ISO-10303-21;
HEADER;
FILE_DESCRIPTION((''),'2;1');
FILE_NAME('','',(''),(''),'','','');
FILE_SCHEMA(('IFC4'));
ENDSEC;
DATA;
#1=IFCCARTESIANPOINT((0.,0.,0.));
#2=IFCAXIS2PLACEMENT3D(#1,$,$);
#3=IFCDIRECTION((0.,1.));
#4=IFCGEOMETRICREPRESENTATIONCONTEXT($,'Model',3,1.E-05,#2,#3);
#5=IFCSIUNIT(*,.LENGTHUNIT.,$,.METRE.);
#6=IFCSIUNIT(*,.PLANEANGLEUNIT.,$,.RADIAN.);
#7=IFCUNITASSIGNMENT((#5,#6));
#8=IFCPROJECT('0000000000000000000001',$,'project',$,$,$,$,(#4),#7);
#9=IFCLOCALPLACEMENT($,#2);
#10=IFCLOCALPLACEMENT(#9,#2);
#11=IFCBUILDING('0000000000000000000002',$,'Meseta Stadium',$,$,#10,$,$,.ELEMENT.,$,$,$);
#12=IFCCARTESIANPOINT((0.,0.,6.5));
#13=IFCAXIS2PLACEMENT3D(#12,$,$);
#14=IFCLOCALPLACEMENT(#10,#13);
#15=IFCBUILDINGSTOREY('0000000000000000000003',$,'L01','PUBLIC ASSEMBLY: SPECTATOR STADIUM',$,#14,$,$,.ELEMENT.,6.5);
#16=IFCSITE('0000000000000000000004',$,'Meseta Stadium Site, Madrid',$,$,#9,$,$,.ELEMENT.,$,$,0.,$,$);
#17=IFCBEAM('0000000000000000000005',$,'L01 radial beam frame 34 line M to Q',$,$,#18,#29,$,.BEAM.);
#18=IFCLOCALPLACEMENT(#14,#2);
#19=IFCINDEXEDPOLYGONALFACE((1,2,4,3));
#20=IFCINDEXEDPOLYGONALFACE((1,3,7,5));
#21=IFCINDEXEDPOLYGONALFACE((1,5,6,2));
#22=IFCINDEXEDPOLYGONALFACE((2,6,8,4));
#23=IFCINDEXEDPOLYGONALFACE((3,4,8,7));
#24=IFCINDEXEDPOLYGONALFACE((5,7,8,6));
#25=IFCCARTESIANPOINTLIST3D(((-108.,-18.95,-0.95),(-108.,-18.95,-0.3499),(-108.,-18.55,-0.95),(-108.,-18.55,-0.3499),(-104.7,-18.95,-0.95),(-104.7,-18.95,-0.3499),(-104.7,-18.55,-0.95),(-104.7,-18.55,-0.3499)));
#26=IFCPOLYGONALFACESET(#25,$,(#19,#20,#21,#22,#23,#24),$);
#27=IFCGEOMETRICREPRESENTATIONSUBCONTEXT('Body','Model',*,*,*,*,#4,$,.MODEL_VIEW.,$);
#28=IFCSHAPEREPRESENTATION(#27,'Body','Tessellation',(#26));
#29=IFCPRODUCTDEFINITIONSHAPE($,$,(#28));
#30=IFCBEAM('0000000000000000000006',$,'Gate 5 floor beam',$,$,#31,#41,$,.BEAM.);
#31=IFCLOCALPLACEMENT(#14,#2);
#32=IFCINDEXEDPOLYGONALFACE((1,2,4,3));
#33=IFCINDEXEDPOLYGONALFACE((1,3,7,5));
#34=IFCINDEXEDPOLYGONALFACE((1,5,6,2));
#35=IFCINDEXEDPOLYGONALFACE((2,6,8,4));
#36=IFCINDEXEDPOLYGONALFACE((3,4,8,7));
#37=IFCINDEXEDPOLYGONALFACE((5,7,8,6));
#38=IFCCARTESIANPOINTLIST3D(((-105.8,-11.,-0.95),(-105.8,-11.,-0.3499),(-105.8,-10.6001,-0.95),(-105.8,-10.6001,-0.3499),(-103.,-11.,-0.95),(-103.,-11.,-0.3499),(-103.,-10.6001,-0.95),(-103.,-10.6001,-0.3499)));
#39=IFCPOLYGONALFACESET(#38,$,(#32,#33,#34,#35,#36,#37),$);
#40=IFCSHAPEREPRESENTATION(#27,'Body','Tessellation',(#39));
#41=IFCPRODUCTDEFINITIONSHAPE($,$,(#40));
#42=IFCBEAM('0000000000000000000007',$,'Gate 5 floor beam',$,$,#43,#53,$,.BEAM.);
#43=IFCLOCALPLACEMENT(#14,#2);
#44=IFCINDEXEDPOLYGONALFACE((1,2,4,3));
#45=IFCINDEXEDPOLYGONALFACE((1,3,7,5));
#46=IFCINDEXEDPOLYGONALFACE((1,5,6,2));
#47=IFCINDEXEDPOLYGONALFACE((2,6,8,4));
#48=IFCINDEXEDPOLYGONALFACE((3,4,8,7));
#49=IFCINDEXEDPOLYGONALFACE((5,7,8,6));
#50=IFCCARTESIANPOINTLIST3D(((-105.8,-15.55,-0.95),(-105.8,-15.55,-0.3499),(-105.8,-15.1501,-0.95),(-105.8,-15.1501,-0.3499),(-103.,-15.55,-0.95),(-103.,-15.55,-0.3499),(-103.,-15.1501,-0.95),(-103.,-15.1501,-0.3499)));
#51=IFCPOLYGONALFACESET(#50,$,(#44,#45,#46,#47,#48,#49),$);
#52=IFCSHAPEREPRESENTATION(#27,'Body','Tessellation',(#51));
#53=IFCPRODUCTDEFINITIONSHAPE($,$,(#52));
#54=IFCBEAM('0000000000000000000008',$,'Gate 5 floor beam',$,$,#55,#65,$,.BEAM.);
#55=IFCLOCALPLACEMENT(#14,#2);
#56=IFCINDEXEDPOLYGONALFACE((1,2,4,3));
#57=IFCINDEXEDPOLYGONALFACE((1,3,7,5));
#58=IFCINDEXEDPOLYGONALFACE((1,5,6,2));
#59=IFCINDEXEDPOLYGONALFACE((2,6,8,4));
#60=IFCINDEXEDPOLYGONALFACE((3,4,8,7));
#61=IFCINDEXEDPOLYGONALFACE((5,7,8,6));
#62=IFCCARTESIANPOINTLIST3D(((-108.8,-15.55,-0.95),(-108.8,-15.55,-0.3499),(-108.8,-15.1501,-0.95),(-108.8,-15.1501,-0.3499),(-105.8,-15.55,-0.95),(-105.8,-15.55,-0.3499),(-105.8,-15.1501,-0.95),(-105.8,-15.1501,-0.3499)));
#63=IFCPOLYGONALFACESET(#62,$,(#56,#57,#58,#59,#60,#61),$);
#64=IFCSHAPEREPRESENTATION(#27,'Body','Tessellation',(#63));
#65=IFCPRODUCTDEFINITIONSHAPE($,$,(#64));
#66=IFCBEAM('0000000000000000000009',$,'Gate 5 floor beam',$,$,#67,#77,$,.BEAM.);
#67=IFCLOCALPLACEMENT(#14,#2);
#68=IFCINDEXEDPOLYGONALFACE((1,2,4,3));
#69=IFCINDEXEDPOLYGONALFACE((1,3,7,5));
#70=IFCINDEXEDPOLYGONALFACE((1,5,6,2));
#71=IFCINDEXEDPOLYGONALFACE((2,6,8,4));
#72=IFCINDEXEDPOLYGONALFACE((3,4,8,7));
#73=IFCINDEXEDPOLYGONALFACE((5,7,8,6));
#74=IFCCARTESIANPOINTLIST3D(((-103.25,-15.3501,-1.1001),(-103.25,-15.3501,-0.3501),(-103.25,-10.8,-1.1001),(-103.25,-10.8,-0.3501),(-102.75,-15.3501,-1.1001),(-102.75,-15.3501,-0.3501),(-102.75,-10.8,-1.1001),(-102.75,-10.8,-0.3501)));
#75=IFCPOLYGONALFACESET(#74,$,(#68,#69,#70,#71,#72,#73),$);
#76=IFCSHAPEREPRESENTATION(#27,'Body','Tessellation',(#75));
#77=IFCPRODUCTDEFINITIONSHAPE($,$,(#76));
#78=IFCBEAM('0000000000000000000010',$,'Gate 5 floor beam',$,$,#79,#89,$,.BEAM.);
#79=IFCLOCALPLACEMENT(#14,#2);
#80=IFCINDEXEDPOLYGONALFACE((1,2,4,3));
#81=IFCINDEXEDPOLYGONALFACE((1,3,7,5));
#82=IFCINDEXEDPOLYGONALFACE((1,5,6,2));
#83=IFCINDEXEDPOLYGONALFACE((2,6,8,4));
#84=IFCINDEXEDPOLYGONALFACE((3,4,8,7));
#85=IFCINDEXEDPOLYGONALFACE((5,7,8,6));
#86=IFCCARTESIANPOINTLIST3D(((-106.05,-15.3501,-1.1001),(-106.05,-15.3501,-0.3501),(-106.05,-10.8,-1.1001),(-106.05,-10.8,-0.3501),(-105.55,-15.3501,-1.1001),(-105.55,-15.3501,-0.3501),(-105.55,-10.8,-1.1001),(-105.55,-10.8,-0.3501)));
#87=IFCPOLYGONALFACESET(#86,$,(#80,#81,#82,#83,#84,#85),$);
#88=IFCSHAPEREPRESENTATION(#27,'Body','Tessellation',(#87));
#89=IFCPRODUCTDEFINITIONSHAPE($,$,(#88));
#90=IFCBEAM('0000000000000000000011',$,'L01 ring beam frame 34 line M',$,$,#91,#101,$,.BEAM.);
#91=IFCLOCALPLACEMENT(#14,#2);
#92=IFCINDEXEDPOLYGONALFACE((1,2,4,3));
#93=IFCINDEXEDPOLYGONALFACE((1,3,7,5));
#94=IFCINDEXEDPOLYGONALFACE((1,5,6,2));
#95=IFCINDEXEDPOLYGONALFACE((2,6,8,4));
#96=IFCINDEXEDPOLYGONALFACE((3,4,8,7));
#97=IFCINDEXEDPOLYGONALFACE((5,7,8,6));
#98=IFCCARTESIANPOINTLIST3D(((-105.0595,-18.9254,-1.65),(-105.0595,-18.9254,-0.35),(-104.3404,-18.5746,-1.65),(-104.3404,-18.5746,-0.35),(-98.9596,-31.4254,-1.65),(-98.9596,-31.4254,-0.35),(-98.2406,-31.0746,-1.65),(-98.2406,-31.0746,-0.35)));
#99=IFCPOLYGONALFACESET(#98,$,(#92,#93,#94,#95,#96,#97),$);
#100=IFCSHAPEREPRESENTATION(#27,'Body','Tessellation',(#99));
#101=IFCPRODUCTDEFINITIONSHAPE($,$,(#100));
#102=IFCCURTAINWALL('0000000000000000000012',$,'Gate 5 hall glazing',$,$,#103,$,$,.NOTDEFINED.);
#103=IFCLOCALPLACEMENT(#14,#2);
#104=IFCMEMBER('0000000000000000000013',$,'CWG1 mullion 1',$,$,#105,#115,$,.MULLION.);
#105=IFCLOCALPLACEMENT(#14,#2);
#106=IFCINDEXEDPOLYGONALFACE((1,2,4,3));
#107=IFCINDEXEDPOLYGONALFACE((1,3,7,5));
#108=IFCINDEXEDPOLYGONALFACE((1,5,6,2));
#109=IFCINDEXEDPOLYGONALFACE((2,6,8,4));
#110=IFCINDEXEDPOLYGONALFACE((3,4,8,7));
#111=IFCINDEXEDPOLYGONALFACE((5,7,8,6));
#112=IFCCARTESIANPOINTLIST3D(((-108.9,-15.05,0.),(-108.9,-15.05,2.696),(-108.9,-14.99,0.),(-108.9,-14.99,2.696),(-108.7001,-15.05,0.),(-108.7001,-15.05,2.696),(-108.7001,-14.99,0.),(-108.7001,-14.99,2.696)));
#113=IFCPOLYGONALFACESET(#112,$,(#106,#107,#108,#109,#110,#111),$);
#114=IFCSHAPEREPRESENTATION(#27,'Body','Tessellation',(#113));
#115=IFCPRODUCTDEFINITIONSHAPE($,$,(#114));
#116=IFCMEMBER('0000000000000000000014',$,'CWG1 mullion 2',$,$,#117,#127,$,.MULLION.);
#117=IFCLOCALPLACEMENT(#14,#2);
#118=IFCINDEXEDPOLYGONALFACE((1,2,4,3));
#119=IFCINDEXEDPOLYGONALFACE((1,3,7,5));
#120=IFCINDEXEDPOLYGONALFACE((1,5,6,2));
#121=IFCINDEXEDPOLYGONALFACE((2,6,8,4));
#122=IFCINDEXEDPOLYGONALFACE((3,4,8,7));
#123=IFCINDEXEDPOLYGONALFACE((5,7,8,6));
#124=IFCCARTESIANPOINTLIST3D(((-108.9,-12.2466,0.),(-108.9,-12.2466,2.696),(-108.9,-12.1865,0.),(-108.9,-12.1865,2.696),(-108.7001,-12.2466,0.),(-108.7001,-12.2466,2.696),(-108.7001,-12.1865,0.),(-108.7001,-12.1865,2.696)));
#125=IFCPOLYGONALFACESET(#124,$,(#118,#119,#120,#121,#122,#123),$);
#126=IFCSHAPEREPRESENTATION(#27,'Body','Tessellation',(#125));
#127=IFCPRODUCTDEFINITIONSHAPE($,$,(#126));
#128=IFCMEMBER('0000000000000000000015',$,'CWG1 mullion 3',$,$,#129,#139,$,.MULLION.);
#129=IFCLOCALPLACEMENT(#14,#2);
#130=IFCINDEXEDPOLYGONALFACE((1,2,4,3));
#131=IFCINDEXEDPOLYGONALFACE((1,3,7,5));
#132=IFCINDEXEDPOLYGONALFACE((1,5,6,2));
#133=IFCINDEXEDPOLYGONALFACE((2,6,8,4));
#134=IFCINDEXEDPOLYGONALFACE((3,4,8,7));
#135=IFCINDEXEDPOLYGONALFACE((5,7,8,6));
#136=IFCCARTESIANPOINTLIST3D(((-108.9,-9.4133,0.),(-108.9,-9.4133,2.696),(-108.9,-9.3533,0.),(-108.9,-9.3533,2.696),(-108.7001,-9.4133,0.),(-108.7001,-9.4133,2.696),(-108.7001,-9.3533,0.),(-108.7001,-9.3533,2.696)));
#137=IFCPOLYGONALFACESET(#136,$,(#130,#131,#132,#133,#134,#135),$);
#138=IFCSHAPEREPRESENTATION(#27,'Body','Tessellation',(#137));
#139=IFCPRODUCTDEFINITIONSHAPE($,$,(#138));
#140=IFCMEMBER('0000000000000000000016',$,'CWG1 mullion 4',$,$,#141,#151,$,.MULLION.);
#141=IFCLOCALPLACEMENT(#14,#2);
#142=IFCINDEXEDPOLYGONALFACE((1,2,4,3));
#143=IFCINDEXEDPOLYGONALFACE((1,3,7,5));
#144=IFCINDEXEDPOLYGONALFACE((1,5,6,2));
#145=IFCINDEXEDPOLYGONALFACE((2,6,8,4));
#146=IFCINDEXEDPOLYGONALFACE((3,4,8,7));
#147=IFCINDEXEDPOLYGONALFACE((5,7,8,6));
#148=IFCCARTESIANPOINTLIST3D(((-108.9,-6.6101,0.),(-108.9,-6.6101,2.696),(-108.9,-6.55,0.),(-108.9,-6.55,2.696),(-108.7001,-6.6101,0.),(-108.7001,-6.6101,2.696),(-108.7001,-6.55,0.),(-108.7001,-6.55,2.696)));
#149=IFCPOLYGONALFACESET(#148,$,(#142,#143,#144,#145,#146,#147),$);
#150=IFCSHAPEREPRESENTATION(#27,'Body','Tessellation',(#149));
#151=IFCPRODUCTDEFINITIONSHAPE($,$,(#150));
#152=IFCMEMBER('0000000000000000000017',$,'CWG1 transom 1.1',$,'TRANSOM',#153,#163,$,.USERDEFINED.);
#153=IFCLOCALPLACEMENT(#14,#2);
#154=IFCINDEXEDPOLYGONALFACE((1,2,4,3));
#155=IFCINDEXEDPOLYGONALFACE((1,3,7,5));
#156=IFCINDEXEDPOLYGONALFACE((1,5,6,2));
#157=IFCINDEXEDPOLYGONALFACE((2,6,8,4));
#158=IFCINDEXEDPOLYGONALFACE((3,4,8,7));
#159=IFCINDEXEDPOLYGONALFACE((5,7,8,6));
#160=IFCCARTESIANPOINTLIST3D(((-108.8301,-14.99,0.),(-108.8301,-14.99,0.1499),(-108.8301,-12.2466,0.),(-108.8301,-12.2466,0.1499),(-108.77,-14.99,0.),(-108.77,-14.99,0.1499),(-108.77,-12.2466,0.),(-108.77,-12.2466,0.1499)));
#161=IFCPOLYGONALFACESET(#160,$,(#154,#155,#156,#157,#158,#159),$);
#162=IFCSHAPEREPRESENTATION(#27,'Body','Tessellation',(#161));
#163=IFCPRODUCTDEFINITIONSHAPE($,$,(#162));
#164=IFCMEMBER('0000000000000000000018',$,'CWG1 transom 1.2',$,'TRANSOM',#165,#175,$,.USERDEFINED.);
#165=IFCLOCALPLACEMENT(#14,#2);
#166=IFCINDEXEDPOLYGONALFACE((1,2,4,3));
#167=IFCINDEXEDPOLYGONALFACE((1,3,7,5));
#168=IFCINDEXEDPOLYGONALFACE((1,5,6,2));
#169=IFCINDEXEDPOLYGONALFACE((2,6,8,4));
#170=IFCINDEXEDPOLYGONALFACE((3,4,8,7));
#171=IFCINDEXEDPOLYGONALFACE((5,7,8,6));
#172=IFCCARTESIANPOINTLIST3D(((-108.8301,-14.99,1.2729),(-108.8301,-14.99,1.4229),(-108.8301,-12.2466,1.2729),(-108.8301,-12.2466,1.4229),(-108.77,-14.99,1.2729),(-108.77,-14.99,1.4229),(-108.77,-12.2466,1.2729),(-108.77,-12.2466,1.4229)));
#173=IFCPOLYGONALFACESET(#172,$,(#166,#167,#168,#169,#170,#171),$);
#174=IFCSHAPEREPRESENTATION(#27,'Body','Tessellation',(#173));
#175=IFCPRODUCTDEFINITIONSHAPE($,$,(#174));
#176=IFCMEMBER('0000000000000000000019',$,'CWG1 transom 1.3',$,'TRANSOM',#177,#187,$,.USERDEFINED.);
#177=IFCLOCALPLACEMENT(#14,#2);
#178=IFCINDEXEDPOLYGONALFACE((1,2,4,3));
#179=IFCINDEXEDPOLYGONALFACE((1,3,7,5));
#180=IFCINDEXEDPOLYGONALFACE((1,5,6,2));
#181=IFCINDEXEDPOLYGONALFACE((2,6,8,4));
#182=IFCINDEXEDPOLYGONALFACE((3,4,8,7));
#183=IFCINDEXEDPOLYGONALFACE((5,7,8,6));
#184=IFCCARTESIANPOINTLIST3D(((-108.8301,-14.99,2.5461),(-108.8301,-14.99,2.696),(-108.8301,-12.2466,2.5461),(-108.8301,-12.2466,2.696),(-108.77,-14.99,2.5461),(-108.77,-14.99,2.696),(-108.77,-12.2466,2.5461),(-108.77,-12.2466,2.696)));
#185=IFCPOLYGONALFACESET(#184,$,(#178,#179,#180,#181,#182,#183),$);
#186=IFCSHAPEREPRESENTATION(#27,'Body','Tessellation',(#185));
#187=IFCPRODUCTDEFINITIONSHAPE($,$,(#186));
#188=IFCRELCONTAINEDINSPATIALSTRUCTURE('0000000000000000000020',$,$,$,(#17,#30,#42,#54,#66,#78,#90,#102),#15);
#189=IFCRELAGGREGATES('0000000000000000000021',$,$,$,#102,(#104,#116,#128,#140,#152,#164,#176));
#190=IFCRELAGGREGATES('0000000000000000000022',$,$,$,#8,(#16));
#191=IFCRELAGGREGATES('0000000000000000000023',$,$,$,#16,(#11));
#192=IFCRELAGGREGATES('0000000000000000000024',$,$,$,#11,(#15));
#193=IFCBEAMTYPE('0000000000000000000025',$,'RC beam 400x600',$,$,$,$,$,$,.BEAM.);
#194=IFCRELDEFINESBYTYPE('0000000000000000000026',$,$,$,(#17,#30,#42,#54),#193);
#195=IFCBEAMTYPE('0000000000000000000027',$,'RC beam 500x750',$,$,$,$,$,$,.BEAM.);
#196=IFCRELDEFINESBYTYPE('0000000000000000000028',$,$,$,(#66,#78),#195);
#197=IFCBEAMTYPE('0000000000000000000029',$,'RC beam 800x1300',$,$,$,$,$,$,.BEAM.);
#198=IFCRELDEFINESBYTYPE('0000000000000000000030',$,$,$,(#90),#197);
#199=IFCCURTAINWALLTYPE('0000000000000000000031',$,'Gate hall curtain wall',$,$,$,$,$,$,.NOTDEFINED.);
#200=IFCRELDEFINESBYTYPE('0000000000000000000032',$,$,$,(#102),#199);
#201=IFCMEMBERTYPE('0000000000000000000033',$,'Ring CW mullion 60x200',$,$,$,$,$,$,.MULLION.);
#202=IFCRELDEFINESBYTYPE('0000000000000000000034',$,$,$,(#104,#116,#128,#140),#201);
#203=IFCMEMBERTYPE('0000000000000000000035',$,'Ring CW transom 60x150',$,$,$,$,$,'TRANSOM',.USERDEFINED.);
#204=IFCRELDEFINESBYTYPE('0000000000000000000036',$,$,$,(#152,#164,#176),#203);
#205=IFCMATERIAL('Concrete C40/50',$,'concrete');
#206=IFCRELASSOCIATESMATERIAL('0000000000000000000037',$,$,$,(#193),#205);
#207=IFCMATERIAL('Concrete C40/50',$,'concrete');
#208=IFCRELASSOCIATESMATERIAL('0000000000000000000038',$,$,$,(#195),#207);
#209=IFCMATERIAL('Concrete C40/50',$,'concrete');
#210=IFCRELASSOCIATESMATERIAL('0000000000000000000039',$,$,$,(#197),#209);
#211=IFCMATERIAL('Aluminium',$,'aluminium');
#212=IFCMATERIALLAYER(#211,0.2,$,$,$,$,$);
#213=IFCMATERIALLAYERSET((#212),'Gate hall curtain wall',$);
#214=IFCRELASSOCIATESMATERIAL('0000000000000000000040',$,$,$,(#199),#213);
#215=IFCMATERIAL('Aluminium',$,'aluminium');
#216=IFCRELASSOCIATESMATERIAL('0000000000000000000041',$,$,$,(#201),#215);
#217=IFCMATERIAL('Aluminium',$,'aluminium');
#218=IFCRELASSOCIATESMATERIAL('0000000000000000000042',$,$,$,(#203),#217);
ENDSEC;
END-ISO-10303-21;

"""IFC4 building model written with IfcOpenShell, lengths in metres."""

from ifc_helpers import new_model, si_unit, direction, frame, origin, origin_2d, place, context, subcontext, project, spatial, rectangle, extrude, material, layer, layer_set, material_profile, profile_set, type_object, element, aggregate, save


model = new_model("IFC4")

# Units and contexts
model_context = context("Model", 3, precision=1e-05, world=origin(), true_north=direction((0.0, 1.0)))
body_context = subcontext(model_context, "Body", "Model", "MODEL_VIEW")
ifc_project = project(units=[si_unit("LENGTHUNIT", "METRE"), si_unit("PLANEANGLEUNIT", "RADIAN")], contexts=[model_context])

# Site, building, storey
site_placement = place(None, origin())
site = spatial("IfcSite", under=ifc_project, at=site_placement, Name="Meseta Stadium Site, Madrid", CompositionType="ELEMENT", RefElevation=0.0)
building_placement = place(site_placement, origin())
building = spatial("IfcBuilding", under=site, at=building_placement, Name="Meseta Stadium", CompositionType="ELEMENT")
storey_placement = place(building_placement, frame((0.0, 0.0, 6.5)))
storey = spatial("IfcBuildingStorey", under=building, at=storey_placement, Name="L01", Description="PUBLIC ASSEMBLY: SPECTATOR STADIUM", CompositionType="ELEMENT", Elevation=6.5)

# Beams
ifc_material_1 = material(Name="Concrete C40/50", Category="concrete")
ifc_material_profile_1 = material_profile(ifc_material_1, rectangle(XDim=0.3999, YDim=0.6001, at=origin_2d()), Name="RC 400x600")
ifc_profile_set_1 = profile_set([ifc_material_profile_1], Name="Concrete C40/50")
beam_type_1 = type_object("IfcBeamType", Name="RC beam 400x600", PredefinedType="BEAM", material=ifc_profile_set_1)
beam_1_placement = place(storey_placement, frame((-104.7, -18.75, -0.6499), z_axis=(-1.0, 0.0, 0.0), x_axis=(0.0, -1.0, 0.0)))
element("IfcBeam", 1, at=beam_1_placement, inside=storey, type_object=beam_type_1, Name="L01 radial beam frame 34 line M to Q", PredefinedType="BEAM", context=body_context, shape_type="SweptSolid", body=[
    extrude(rectangle(XDim=0.3999, YDim=0.6001, at=origin_2d()), origin(), (0.0, 0.0, 1.0), 3.3),
])
for number, where, z_axis, x_axis, name in (
    (2, (-103.0, -10.8, -0.6499), (-1.0, 0.0, 0.0), (0.0, -1.0, 0.0), "Gate 5 floor beam"),
    (3, (-103.0, -15.3501, -0.6499), (-1.0, 0.0, 0.0), (0.0, -1.0, 0.0), "Gate 5 floor beam"),
):
    element("IfcBeam", number, at=place(storey_placement, frame(where, z_axis=z_axis, x_axis=x_axis)), inside=storey, type_object=beam_type_1, Name=name, PredefinedType="BEAM", context=body_context, shape_type="SweptSolid", body=[
        extrude(rectangle(XDim=0.3999, YDim=0.6001, at=origin_2d()), origin(), (0.0, 0.0, 1.0), 2.8),
    ])
beam_2_placement = place(storey_placement, frame((-105.8, -15.3501, -0.6499), z_axis=(-1.0, 0.0, 0.0), x_axis=(0.0, -1.0, 0.0)))
element("IfcBeam", 4, at=beam_2_placement, inside=storey, type_object=beam_type_1, Name="Gate 5 floor beam", PredefinedType="BEAM", context=body_context, shape_type="SweptSolid", body=[
    extrude(rectangle(XDim=0.3999, YDim=0.6001, at=origin_2d()), origin(), (0.0, 0.0, 1.0), 3.0),
])
ifc_material_2 = material(Name="Concrete C40/50", Category="concrete")
ifc_material_profile_2 = material_profile(ifc_material_2, rectangle(XDim=0.5, YDim=0.75, at=origin_2d()), Name="RC 500x750")
ifc_profile_set_2 = profile_set([ifc_material_profile_2], Name="Concrete C40/50")
beam_type_2 = type_object("IfcBeamType", Name="RC beam 500x750", PredefinedType="BEAM", material=ifc_profile_set_2)
for number, where, z_axis, x_axis, name in (
    (5, (-103.0, -10.8, -0.7251), (0.0, -1.0, 0.0), (1.0, 0.0, 0.0), "Gate 5 floor beam"),
    (6, (-105.8, -10.8, -0.7251), (0.0, -1.0, 0.0), (1.0, 0.0, 0.0), "Gate 5 floor beam"),
):
    element("IfcBeam", number, at=place(storey_placement, frame(where, z_axis=z_axis, x_axis=x_axis)), inside=storey, type_object=beam_type_2, Name=name, PredefinedType="BEAM", context=body_context, shape_type="SweptSolid", body=[
        extrude(rectangle(XDim=0.5, YDim=0.75, at=origin_2d()), origin(), (0.0, 0.0, 1.0), 4.55),
    ])
ifc_material_3 = material(Name="Concrete C40/50", Category="concrete")
ifc_material_profile_3 = material_profile(ifc_material_3, rectangle(XDim=0.8, YDim=1.3, at=origin_2d()), Name="RC 800x1300")
ifc_profile_set_3 = profile_set([ifc_material_profile_3], Name="Concrete C40/50")
beam_type_3 = type_object("IfcBeamType", Name="RC beam 800x1300", PredefinedType="BEAM", material=ifc_profile_set_3)
beam_3_placement = place(storey_placement, frame((-104.7, -18.75, -1.0), z_axis=(0.438557, -0.898703, 0.0), x_axis=(0.898703, 0.438557, 0.0)))
element("IfcBeam", 7, at=beam_3_placement, inside=storey, type_object=beam_type_3, Name="L01 ring beam frame 34 line M", PredefinedType="BEAM", context=body_context, shape_type="SweptSolid", body=[
    extrude(rectangle(XDim=0.8, YDim=1.3, at=origin_2d()), origin(), (0.0, 0.0, 1.0), 13.9089),
])

# Curtain wall, members
ifc_material_4 = material(Name="Aluminium", Category="aluminium")
ifc_layer_1 = layer(ifc_material_4, 0.2)
ifc_layer_set_1 = layer_set([ifc_layer_1], Name="Gate hall curtain wall")
curtain_wall_type = type_object("IfcCurtainWallType", Name="Gate hall curtain wall", PredefinedType="NOTDEFINED", material=ifc_layer_set_1)
curtain_wall_placement = place(storey_placement, origin())
curtain_wall = element("IfcCurtainWall", 8, at=curtain_wall_placement, inside=storey, type_object=curtain_wall_type, Name="Gate 5 hall glazing", PredefinedType="NOTDEFINED")
ifc_material_5 = material(Name="Aluminium", Category="aluminium")
ifc_material_profile_4 = material_profile(ifc_material_5, rectangle(XDim=0.2, YDim=0.0601, at=origin_2d()), Name="CW 200x60")
ifc_profile_set_4 = profile_set([ifc_material_profile_4], Name="Aluminium")
member_type_1 = type_object("IfcMemberType", Name="Ring CW mullion 60x200", PredefinedType="MULLION", material=ifc_profile_set_4)
member_1_placement = place(storey_placement, frame((-108.8, -15.02, 0.0), z_axis=(0.0, 0.0, 1.0), x_axis=(-1.0, 0.0, 0.0)))
member_1 = element("IfcMember", 9, at=member_1_placement, type_object=member_type_1, Name="CWG1 mullion 1", PredefinedType="MULLION", context=body_context, shape_type="SweptSolid", body=[
    extrude(rectangle(XDim=0.2, YDim=0.0601, at=origin_2d()), origin(), (0.0, 0.0, 1.0), 2.696),
])
member_2_placement = place(storey_placement, frame((-108.8, -12.2166, 0.0), z_axis=(0.0, 0.0, 1.0), x_axis=(-1.0, 0.0, 0.0)))
member_2 = element("IfcMember", 10, at=member_2_placement, type_object=member_type_1, Name="CWG1 mullion 2", PredefinedType="MULLION", context=body_context, shape_type="SweptSolid", body=[
    extrude(rectangle(XDim=0.2, YDim=0.0601, at=origin_2d()), origin(), (0.0, 0.0, 1.0), 2.696),
])
member_3_placement = place(storey_placement, frame((-108.8, -9.3833, 0.0), z_axis=(0.0, 0.0, 1.0), x_axis=(-1.0, 0.0, 0.0)))
member_3 = element("IfcMember", 11, at=member_3_placement, type_object=member_type_1, Name="CWG1 mullion 3", PredefinedType="MULLION", context=body_context, shape_type="SweptSolid", body=[
    extrude(rectangle(XDim=0.2, YDim=0.0601, at=origin_2d()), origin(), (0.0, 0.0, 1.0), 2.696),
])
member_4_placement = place(storey_placement, frame((-108.8, -6.5801, 0.0), z_axis=(0.0, 0.0, 1.0), x_axis=(-1.0, 0.0, 0.0)))
member_4 = element("IfcMember", 12, at=member_4_placement, type_object=member_type_1, Name="CWG1 mullion 4", PredefinedType="MULLION", context=body_context, shape_type="SweptSolid", body=[
    extrude(rectangle(XDim=0.2, YDim=0.0601, at=origin_2d()), origin(), (0.0, 0.0, 1.0), 2.696),
])
ifc_material_6 = material(Name="Aluminium", Category="aluminium")
ifc_material_profile_5 = material_profile(ifc_material_6, rectangle(XDim=0.0601, YDim=0.1499, at=origin_2d()), Name="CW 60x150")
ifc_profile_set_5 = profile_set([ifc_material_profile_5], Name="Aluminium")
member_type_2 = type_object("IfcMemberType", Name="Ring CW transom 60x150", ElementType="TRANSOM", PredefinedType="USERDEFINED", material=ifc_profile_set_5)
member_5_placement = place(storey_placement, frame((-108.8, -14.99, 0.075), z_axis=(0.0, 1.0, 0.0), x_axis=(-1.0, 0.0, 0.0)))
member_5 = element("IfcMember", 13, at=member_5_placement, type_object=member_type_2, Name="CWG1 transom 1.1", ObjectType="TRANSOM", PredefinedType="USERDEFINED", context=body_context, shape_type="SweptSolid", body=[
    extrude(rectangle(XDim=0.0601, YDim=0.1499, at=origin_2d()), origin(), (0.0, 0.0, 1.0), 2.7434),
])
member_6_placement = place(storey_placement, frame((-108.8, -14.99, 1.3479), z_axis=(0.0, 1.0, 0.0), x_axis=(-1.0, 0.0, 0.0)))
member_6 = element("IfcMember", 14, at=member_6_placement, type_object=member_type_2, Name="CWG1 transom 1.2", ObjectType="TRANSOM", PredefinedType="USERDEFINED", context=body_context, shape_type="SweptSolid", body=[
    extrude(rectangle(XDim=0.0601, YDim=0.1499, at=origin_2d()), origin(), (0.0, 0.0, 1.0), 2.7434),
])
member_7_placement = place(storey_placement, frame((-108.8, -14.99, 2.6211), z_axis=(0.0, 1.0, 0.0), x_axis=(-1.0, 0.0, 0.0)))
member_7 = element("IfcMember", 15, at=member_7_placement, type_object=member_type_2, Name="CWG1 transom 1.3", ObjectType="TRANSOM", PredefinedType="USERDEFINED", context=body_context, shape_type="SweptSolid", body=[
    extrude(rectangle(XDim=0.0601, YDim=0.1499, at=origin_2d()), origin(), (0.0, 0.0, 1.0), 2.7434),
])
aggregate(curtain_wall, [member_1, member_2, member_3, member_4, member_5, member_6, member_7])

save(model, "model.ifc")
